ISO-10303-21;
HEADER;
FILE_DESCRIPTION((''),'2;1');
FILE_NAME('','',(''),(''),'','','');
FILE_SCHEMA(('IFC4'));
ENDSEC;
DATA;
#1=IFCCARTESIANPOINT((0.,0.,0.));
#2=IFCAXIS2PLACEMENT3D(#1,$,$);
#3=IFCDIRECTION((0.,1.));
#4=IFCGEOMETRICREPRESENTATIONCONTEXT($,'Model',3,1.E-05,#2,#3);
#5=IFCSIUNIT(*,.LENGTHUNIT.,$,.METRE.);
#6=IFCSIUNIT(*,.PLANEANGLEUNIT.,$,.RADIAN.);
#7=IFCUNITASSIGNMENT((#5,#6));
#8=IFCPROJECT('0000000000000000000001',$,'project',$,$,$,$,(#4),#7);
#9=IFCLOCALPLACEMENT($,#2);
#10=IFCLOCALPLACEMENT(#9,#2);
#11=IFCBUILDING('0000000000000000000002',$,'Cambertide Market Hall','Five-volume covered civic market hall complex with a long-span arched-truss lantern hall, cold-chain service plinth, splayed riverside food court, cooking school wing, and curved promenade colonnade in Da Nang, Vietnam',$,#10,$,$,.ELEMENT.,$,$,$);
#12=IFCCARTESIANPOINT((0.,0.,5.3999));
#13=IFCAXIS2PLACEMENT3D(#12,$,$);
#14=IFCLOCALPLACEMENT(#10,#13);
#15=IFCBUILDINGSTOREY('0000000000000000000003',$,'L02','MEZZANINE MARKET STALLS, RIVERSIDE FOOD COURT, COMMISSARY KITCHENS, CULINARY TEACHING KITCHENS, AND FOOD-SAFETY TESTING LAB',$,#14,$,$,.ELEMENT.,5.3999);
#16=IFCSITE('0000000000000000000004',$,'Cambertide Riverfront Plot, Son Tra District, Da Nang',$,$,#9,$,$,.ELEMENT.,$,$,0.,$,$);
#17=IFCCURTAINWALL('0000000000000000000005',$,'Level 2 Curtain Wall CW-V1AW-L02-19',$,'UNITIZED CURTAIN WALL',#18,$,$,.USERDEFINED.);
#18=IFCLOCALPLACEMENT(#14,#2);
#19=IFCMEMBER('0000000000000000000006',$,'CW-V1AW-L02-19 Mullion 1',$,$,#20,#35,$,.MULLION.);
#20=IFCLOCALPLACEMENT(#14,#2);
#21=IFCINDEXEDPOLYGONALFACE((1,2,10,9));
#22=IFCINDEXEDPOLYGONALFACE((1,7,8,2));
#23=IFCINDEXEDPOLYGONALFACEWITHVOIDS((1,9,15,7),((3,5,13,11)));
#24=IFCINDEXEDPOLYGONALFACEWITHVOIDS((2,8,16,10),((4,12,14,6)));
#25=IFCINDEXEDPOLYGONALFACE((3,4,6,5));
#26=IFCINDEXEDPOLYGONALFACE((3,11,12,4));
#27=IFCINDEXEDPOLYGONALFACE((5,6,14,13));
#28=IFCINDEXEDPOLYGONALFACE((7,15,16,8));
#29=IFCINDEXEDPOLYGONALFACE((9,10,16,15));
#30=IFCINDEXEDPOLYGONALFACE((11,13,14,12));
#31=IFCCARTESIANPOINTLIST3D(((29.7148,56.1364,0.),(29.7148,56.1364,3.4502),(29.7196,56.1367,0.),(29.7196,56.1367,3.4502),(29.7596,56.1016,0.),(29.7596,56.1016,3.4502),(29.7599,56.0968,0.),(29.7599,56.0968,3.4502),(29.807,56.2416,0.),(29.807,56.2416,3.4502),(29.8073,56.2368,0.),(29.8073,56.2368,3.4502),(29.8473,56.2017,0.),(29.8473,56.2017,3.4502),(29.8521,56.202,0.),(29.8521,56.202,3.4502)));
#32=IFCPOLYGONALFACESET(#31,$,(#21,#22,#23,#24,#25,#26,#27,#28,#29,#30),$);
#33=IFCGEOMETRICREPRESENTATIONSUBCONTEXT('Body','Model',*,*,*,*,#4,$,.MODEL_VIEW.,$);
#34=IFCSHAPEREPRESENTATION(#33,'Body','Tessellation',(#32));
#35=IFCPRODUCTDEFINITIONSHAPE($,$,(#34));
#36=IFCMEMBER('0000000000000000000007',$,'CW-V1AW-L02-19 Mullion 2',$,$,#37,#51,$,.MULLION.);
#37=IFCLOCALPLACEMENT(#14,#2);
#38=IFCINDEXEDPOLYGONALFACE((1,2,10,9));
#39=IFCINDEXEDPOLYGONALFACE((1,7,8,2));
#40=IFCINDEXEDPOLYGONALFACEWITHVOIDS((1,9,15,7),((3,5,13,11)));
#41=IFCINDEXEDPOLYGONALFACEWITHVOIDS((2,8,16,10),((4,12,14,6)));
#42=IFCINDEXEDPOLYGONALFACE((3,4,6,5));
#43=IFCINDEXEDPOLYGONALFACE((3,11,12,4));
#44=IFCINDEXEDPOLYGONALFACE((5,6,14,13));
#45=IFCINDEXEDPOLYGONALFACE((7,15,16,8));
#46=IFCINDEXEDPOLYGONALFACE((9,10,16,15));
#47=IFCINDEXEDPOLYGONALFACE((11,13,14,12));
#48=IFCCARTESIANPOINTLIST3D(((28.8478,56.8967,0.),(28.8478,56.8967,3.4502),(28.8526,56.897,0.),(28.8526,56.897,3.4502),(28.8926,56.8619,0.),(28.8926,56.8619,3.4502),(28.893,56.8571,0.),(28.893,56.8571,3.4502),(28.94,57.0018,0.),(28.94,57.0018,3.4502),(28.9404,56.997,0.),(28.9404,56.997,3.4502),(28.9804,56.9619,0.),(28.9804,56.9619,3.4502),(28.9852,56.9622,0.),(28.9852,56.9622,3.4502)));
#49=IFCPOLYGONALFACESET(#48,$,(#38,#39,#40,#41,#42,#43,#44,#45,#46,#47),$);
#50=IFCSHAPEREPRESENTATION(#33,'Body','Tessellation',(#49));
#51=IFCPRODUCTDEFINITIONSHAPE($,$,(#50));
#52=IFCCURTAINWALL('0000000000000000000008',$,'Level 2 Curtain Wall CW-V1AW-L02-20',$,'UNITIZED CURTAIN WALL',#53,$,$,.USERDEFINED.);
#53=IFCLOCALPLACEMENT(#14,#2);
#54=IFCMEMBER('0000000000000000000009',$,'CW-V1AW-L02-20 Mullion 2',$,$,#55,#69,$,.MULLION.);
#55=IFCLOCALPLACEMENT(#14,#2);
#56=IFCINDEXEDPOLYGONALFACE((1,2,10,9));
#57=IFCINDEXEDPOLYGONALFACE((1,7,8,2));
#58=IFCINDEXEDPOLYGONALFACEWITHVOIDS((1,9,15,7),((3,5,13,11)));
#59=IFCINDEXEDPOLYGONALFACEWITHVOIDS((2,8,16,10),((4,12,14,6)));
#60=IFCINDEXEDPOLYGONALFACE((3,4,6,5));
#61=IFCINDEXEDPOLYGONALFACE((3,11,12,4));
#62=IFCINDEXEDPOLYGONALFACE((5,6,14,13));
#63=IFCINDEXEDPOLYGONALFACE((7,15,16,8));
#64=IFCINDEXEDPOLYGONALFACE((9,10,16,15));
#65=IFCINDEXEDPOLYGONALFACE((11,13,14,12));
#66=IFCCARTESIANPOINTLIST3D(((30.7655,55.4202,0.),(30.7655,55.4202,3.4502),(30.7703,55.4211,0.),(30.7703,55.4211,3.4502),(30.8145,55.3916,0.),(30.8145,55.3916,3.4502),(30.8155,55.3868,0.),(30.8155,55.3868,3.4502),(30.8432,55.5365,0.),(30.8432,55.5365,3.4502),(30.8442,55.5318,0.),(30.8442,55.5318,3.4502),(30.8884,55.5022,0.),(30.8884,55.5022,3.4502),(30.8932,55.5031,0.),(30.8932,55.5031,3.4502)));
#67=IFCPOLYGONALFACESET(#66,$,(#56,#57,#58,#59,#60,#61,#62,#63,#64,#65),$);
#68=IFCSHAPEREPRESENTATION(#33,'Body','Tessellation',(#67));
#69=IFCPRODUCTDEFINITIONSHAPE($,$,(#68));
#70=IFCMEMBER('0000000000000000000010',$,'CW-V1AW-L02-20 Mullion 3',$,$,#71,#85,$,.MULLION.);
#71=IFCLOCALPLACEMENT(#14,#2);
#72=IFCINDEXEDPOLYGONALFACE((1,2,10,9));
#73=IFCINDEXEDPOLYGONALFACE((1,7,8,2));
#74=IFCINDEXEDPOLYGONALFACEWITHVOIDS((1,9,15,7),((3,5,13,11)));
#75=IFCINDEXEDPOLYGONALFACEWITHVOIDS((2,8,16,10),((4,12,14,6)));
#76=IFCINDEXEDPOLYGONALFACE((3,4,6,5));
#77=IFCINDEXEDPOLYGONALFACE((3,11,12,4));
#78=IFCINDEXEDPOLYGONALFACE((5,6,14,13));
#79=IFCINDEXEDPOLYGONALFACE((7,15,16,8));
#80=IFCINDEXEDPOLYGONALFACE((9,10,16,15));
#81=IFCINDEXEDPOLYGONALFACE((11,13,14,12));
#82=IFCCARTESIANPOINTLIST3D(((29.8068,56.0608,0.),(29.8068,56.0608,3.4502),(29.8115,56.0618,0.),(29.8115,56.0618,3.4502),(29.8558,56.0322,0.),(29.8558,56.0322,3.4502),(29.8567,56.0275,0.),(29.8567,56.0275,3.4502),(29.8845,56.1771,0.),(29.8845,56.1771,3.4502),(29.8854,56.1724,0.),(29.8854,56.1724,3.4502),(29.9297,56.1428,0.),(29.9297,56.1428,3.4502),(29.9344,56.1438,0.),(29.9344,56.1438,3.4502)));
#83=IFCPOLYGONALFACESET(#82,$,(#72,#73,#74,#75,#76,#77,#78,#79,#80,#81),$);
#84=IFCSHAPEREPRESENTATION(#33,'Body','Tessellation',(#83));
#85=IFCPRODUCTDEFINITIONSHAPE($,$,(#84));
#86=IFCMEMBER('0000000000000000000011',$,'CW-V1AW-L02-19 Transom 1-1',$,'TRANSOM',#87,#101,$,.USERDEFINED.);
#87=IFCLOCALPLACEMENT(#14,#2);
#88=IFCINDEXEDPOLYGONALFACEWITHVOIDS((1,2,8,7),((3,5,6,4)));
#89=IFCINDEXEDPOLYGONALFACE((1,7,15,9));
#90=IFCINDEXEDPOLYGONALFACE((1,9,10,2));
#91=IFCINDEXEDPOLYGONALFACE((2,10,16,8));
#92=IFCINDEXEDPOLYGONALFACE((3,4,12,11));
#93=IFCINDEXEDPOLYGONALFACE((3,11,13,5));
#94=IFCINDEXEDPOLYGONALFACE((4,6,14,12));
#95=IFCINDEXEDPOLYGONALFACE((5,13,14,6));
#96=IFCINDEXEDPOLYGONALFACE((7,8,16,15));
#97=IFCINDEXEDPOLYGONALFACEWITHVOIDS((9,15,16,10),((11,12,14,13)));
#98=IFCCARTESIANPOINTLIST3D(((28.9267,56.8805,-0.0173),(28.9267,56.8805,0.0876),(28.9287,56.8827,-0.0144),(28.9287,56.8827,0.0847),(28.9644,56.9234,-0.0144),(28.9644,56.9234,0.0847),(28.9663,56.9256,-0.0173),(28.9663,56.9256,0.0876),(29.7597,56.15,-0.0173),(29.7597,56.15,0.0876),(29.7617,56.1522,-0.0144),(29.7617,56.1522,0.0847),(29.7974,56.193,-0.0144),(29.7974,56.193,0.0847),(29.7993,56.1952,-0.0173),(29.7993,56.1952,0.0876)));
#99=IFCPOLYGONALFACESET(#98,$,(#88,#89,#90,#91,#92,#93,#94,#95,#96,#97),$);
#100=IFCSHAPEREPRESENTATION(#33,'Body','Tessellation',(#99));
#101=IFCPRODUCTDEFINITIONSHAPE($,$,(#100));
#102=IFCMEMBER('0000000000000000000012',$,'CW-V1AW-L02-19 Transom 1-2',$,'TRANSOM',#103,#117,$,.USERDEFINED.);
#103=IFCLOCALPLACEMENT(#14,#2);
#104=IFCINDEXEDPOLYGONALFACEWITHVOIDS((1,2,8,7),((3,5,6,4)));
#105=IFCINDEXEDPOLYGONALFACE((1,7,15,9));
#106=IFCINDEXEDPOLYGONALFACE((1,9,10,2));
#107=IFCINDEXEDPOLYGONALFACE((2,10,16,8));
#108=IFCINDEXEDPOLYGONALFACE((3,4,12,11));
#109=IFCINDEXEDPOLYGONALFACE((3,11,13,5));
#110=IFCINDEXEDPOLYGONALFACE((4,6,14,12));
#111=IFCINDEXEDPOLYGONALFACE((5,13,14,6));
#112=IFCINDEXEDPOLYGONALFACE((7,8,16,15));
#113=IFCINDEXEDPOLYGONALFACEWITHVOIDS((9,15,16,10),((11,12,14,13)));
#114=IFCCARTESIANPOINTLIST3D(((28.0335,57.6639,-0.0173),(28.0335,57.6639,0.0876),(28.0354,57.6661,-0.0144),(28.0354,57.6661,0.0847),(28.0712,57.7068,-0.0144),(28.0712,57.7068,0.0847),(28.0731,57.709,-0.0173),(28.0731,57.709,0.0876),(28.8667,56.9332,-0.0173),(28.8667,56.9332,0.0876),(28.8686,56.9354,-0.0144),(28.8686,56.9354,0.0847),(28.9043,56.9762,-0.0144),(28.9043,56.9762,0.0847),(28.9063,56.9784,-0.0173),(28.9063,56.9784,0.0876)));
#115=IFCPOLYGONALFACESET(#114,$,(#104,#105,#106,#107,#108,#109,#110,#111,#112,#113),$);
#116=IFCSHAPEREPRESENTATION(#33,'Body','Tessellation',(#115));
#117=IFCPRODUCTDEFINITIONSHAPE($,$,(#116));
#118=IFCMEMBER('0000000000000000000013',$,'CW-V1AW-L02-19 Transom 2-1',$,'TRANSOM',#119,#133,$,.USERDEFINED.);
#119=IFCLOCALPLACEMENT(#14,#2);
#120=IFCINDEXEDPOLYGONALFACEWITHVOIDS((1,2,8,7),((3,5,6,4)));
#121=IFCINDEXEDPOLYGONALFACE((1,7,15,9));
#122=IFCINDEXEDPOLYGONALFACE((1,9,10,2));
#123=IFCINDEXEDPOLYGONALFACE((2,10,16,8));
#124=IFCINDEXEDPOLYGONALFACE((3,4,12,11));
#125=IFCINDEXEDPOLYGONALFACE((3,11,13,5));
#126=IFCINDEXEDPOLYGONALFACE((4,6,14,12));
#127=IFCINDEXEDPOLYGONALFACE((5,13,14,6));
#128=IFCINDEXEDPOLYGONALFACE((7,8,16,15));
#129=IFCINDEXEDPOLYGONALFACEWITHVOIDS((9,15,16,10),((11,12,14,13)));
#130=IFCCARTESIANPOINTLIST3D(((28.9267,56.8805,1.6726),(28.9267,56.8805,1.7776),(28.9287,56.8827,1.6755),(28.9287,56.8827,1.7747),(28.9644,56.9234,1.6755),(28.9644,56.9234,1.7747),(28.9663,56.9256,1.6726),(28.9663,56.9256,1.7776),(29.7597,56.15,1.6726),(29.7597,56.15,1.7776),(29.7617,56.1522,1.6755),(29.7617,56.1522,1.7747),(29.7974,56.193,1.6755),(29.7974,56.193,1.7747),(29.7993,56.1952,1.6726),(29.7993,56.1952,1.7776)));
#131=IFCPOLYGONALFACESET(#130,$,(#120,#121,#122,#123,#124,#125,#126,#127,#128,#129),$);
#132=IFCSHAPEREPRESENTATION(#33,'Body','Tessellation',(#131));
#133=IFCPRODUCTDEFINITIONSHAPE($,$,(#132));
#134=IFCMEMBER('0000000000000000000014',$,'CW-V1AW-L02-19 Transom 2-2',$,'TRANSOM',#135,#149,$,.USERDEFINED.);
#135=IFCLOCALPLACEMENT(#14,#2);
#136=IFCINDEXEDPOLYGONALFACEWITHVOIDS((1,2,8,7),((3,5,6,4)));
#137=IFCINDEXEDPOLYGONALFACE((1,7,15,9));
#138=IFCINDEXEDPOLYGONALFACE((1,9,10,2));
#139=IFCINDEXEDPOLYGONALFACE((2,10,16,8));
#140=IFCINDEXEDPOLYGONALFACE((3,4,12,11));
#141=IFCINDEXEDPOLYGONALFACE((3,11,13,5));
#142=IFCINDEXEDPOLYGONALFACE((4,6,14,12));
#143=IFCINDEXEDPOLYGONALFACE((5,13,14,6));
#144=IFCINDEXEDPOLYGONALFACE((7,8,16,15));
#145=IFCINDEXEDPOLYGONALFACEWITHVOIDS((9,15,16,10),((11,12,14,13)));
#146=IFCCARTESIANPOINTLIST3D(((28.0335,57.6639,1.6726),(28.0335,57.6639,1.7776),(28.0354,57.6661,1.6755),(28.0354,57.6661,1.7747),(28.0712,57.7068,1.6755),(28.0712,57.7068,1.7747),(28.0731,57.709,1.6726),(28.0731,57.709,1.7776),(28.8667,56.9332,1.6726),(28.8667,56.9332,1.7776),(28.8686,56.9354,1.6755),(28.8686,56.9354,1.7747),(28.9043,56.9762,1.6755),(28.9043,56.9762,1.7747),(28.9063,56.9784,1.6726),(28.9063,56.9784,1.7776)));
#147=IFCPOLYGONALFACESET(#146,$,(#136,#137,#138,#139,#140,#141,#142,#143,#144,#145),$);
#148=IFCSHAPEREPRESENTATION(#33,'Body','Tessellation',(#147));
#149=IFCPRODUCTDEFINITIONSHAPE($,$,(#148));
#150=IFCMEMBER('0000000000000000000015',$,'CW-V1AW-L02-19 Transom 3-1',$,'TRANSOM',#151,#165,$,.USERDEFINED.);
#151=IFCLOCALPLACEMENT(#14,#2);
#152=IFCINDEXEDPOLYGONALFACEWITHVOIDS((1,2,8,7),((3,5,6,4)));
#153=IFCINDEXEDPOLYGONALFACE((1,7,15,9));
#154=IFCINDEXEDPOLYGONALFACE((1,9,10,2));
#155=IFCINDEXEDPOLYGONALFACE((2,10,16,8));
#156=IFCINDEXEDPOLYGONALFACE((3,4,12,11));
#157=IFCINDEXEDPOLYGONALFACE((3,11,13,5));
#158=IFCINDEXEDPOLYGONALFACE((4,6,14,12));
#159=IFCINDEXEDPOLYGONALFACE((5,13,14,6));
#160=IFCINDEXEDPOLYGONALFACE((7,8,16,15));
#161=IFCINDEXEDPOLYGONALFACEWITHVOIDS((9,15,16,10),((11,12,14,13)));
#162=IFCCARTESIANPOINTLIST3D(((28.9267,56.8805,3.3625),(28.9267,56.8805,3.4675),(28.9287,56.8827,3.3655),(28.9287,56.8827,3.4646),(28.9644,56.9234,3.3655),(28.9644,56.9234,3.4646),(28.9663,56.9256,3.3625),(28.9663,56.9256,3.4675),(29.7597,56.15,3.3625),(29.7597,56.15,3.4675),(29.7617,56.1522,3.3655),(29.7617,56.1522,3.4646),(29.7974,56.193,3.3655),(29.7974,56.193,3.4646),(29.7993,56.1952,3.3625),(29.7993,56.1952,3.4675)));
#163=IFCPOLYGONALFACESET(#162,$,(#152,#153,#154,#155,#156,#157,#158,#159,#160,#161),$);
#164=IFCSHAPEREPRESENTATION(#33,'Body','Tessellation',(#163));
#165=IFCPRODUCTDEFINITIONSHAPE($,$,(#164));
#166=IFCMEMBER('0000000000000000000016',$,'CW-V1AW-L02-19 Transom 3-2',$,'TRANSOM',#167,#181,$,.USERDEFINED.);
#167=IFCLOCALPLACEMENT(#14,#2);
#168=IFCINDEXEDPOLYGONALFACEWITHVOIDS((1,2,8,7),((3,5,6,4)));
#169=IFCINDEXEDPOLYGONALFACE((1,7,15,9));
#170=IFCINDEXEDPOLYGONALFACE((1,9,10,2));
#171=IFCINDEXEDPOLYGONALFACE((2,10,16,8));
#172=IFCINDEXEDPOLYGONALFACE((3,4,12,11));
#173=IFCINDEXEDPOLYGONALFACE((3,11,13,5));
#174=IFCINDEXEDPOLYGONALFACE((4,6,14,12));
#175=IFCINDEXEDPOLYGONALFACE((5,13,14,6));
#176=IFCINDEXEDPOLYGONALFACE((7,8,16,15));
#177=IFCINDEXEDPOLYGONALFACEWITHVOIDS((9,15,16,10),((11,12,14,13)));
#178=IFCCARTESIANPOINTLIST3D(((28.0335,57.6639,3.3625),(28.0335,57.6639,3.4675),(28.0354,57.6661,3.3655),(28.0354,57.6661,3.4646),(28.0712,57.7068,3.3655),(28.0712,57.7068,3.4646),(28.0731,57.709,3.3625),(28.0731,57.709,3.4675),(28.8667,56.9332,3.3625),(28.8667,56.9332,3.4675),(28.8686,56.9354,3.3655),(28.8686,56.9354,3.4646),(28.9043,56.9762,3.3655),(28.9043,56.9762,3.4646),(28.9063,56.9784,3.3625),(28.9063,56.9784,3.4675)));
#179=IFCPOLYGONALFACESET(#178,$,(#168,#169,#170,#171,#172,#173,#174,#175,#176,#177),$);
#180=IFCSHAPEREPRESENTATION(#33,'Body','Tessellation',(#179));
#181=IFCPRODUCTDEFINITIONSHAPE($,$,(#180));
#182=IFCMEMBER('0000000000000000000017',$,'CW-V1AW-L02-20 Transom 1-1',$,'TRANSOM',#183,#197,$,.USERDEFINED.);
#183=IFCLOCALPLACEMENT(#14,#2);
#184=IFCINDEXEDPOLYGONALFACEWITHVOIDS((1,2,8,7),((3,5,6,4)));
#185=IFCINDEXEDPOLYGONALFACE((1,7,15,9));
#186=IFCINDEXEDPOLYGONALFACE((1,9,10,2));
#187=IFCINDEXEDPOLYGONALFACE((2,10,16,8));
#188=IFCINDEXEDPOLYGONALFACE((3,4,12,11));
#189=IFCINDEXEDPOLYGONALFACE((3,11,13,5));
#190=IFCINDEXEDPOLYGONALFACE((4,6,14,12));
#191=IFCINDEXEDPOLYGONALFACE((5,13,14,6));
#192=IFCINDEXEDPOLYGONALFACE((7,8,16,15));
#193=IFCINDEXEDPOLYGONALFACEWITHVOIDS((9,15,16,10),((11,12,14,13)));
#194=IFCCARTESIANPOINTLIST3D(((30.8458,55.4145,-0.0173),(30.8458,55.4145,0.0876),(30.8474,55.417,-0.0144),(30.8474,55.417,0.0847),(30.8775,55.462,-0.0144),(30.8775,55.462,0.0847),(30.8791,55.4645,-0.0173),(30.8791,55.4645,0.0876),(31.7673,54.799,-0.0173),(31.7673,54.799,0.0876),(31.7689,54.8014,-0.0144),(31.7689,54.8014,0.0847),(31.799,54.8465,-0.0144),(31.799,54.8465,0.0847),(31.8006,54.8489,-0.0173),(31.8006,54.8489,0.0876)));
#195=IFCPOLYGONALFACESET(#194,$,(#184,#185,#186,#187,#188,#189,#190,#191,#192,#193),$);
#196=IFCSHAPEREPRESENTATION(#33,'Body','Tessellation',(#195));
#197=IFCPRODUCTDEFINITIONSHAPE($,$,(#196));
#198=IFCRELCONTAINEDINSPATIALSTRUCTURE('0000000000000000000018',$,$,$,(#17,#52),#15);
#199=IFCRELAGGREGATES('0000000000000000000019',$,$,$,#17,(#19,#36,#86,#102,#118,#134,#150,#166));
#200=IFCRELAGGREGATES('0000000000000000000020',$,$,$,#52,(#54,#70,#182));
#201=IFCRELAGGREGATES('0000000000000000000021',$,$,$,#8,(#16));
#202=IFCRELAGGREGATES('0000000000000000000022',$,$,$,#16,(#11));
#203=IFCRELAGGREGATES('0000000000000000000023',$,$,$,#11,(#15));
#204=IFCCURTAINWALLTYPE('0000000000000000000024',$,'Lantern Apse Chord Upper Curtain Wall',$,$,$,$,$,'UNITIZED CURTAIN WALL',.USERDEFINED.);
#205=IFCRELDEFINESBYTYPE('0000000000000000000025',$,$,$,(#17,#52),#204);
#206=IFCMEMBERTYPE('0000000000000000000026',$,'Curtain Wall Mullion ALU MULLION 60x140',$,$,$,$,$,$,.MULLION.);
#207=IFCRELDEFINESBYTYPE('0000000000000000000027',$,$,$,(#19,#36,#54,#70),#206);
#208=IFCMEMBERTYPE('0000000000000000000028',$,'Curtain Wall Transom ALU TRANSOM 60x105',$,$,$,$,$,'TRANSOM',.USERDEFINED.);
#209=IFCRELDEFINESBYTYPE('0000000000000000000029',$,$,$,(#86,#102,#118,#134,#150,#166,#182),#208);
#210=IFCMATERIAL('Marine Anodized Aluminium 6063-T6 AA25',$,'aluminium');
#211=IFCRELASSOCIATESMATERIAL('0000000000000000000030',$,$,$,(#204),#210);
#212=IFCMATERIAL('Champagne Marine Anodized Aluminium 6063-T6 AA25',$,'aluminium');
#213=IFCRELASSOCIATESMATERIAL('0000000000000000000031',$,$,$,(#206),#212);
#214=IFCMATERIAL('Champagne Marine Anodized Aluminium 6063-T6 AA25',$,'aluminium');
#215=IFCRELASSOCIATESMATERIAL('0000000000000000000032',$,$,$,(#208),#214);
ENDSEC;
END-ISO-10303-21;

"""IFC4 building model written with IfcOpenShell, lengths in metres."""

from ifc_helpers import new_model, si_unit, direction, frame, origin, origin_2d, place, context, subcontext, project, spatial, hollow_rectangle, extrude, material, material_profile, profile_set, type_object, element, aggregate, save


model = new_model("IFC4")

# Units and contexts
model_context = context("Model", 3, precision=1e-05, world=origin(), true_north=direction((0.0, 1.0)))
body_context = subcontext(model_context, "Body", "Model", "MODEL_VIEW")
ifc_project = project(units=[si_unit("LENGTHUNIT", "METRE"), si_unit("PLANEANGLEUNIT", "RADIAN")], contexts=[model_context])

# Site, building, storey
site_placement = place(None, origin())
site = spatial("IfcSite", under=ifc_project, at=site_placement, Name="Cambertide Riverfront Plot, Son Tra District, Da Nang", CompositionType="ELEMENT", RefElevation=0.0)
building_placement = place(site_placement, origin())
building = spatial("IfcBuilding", under=site, at=building_placement, Name="Cambertide Market Hall", Description="Five-volume covered civic market hall complex with a long-span arched-truss lantern hall, cold-chain service plinth, splayed riverside food court, cooking school wing, and curved promenade colonnade in Da Nang, Vietnam", CompositionType="ELEMENT")
storey_placement = place(building_placement, frame((0.0, 0.0, 5.3999)))
storey = spatial("IfcBuildingStorey", under=building, at=storey_placement, Name="L02", Description="MEZZANINE MARKET STALLS, RIVERSIDE FOOD COURT, COMMISSARY KITCHENS, CULINARY TEACHING KITCHENS, AND FOOD-SAFETY TESTING LAB", CompositionType="ELEMENT", Elevation=5.3999)

# Curtain walls, members
ifc_material_1 = material(Name="Marine Anodized Aluminium 6063-T6 AA25", Category="aluminium")
curtain_wall_type = type_object("IfcCurtainWallType", Name="Lantern Apse Chord Upper Curtain Wall", ElementType="UNITIZED CURTAIN WALL", PredefinedType="USERDEFINED", material=ifc_material_1)
curtain_wall_1_placement = place(storey_placement, origin())
curtain_wall_1 = element("IfcCurtainWall", 1, at=curtain_wall_1_placement, inside=storey, type_object=curtain_wall_type, Name="Level 2 Curtain Wall CW-V1AW-L02-19", ObjectType="UNITIZED CURTAIN WALL", PredefinedType="USERDEFINED")
ifc_material_2 = material(Name="Champagne Marine Anodized Aluminium 6063-T6 AA25", Category="aluminium")
ifc_material_profile_1 = material_profile(ifc_material_2, hollow_rectangle(XDim=0.0601, YDim=0.1399, WallThickness=0.0034, at=origin_2d()), Name="ALU MULLION 60x140")
ifc_profile_set_1 = profile_set([ifc_material_profile_1], Name="Champagne Marine Anodized Aluminium 6063-T6 AA25")
member_type_1 = type_object("IfcMemberType", Name="Curtain Wall Mullion ALU MULLION 60x140", PredefinedType="MULLION", material=ifc_profile_set_1)
member_1_placement = place(storey_placement, frame((29.7834, 56.1692, 0.0), z_axis=(0.0, 0.0, 1.0), x_axis=(-0.75184, 0.659346, 0.0)))
member_1 = element("IfcMember", 2, at=member_1_placement, type_object=member_type_1, Name="CW-V1AW-L02-19 Mullion 1", PredefinedType="MULLION", context=body_context, shape_type="SweptSolid", body=[
    extrude(hollow_rectangle(XDim=0.0601, YDim=0.1399, WallThickness=0.0034, at=origin_2d()), origin(), (0.0, 0.0, 1.0), 3.4502),
])
member_2_placement = place(storey_placement, frame((28.9165, 56.9294, 0.0), z_axis=(0.0, 0.0, 1.0), x_axis=(-0.75184, 0.659346, 0.0)))
member_2 = element("IfcMember", 3, at=member_2_placement, type_object=member_type_1, Name="CW-V1AW-L02-19 Mullion 2", PredefinedType="MULLION", context=body_context, shape_type="SweptSolid", body=[
    extrude(hollow_rectangle(XDim=0.0601, YDim=0.1399, WallThickness=0.0034, at=origin_2d()), origin(), (0.0, 0.0, 1.0), 3.4502),
])
curtain_wall_2_placement = place(storey_placement, origin())
curtain_wall_2 = element("IfcCurtainWall", 4, at=curtain_wall_2_placement, inside=storey, type_object=curtain_wall_type, Name="Level 2 Curtain Wall CW-V1AW-L02-20", ObjectType="UNITIZED CURTAIN WALL", PredefinedType="USERDEFINED")
member_3_placement = place(storey_placement, frame((30.8293, 55.4617, 0.0), z_axis=(0.0, 0.0, 1.0), x_axis=(-0.83147, 0.55557, 0.0)))
member_3 = element("IfcMember", 5, at=member_3_placement, type_object=member_type_1, Name="CW-V1AW-L02-20 Mullion 2", PredefinedType="MULLION", context=body_context, shape_type="SweptSolid", body=[
    extrude(hollow_rectangle(XDim=0.0601, YDim=0.1399, WallThickness=0.0034, at=origin_2d()), origin(), (0.0, 0.0, 1.0), 3.4502),
])
member_4_placement = place(storey_placement, frame((29.8706, 56.1023, 0.0), z_axis=(0.0, 0.0, 1.0), x_axis=(-0.83147, 0.55557, 0.0)))
member_4 = element("IfcMember", 6, at=member_4_placement, type_object=member_type_1, Name="CW-V1AW-L02-20 Mullion 3", PredefinedType="MULLION", context=body_context, shape_type="SweptSolid", body=[
    extrude(hollow_rectangle(XDim=0.0601, YDim=0.1399, WallThickness=0.0034, at=origin_2d()), origin(), (0.0, 0.0, 1.0), 3.4502),
])

# Members
ifc_material_3 = material(Name="Champagne Marine Anodized Aluminium 6063-T6 AA25", Category="aluminium")
ifc_material_profile_2 = material_profile(ifc_material_3, hollow_rectangle(XDim=0.0601, YDim=0.105, WallThickness=0.0029, at=origin_2d()), Name="ALU TRANSOM 60x105")
ifc_profile_set_2 = profile_set([ifc_material_profile_2], Name="Champagne Marine Anodized Aluminium 6063-T6 AA25")
member_type_2 = type_object("IfcMemberType", Name="Curtain Wall Transom ALU TRANSOM 60x105", ElementType="TRANSOM", PredefinedType="USERDEFINED", material=ifc_profile_set_2)
member_5_placement = place(storey_placement, frame((29.7795, 56.1726, 0.0352), z_axis=(-0.751866, 0.659315, 0.0), x_axis=(-0.659315, -0.751866, 0.0)))
member_5 = element("IfcMember", 7, at=member_5_placement, type_object=member_type_2, Name="CW-V1AW-L02-19 Transom 1-1", ObjectType="TRANSOM", PredefinedType="USERDEFINED", context=body_context, shape_type="SweptSolid", body=[
    extrude(hollow_rectangle(XDim=0.0601, YDim=0.105, WallThickness=0.0029, at=origin_2d()), origin(), (0.0, 0.0, 1.0), 1.1079),
])
member_6_placement = place(storey_placement, frame((28.8865, 56.9558, 0.0352), z_axis=(-0.751853, 0.659331, 0.0), x_axis=(-0.659331, -0.751853, 0.0)))
member_6 = element("IfcMember", 8, at=member_6_placement, type_object=member_type_2, Name="CW-V1AW-L02-19 Transom 1-2", ObjectType="TRANSOM", PredefinedType="USERDEFINED", context=body_context, shape_type="SweptSolid", body=[
    extrude(hollow_rectangle(XDim=0.0601, YDim=0.105, WallThickness=0.0029, at=origin_2d()), origin(), (0.0, 0.0, 1.0), 1.1082),
])
member_7_placement = place(storey_placement, frame((29.7795, 56.1726, 1.7251), z_axis=(-0.751866, 0.659315, 0.0), x_axis=(-0.659315, -0.751866, 0.0)))
member_7 = element("IfcMember", 9, at=member_7_placement, type_object=member_type_2, Name="CW-V1AW-L02-19 Transom 2-1", ObjectType="TRANSOM", PredefinedType="USERDEFINED", context=body_context, shape_type="SweptSolid", body=[
    extrude(hollow_rectangle(XDim=0.0601, YDim=0.105, WallThickness=0.0029, at=origin_2d()), origin(), (0.0, 0.0, 1.0), 1.1079),
])
member_8_placement = place(storey_placement, frame((28.8865, 56.9558, 1.7251), z_axis=(-0.751853, 0.659331, 0.0), x_axis=(-0.659331, -0.751853, 0.0)))
member_8 = element("IfcMember", 10, at=member_8_placement, type_object=member_type_2, Name="CW-V1AW-L02-19 Transom 2-2", ObjectType="TRANSOM", PredefinedType="USERDEFINED", context=body_context, shape_type="SweptSolid", body=[
    extrude(hollow_rectangle(XDim=0.0601, YDim=0.105, WallThickness=0.0029, at=origin_2d()), origin(), (0.0, 0.0, 1.0), 1.1082),
])
member_9_placement = place(storey_placement, frame((29.7795, 56.1726, 3.415), z_axis=(-0.751866, 0.659315, 0.0), x_axis=(-0.659315, -0.751866, 0.0)))
member_9 = element("IfcMember", 11, at=member_9_placement, type_object=member_type_2, Name="CW-V1AW-L02-19 Transom 3-1", ObjectType="TRANSOM", PredefinedType="USERDEFINED", context=body_context, shape_type="SweptSolid", body=[
    extrude(hollow_rectangle(XDim=0.0601, YDim=0.105, WallThickness=0.0029, at=origin_2d()), origin(), (0.0, 0.0, 1.0), 1.1079),
])
member_10_placement = place(storey_placement, frame((28.8865, 56.9558, 3.415), z_axis=(-0.751853, 0.659331, 0.0), x_axis=(-0.659331, -0.751853, 0.0)))
member_10 = element("IfcMember", 12, at=member_10_placement, type_object=member_type_2, Name="CW-V1AW-L02-19 Transom 3-2", ObjectType="TRANSOM", PredefinedType="USERDEFINED", context=body_context, shape_type="SweptSolid", body=[
    extrude(hollow_rectangle(XDim=0.0601, YDim=0.105, WallThickness=0.0029, at=origin_2d()), origin(), (0.0, 0.0, 1.0), 1.1082),
])
member_11_placement = place(storey_placement, frame((31.7839, 54.824, 0.0352), z_axis=(-0.831541, 0.555463, 0.0), x_axis=(-0.555463, -0.831541, 0.0)))
member_11 = element("IfcMember", 13, at=member_11_placement, type_object=member_type_2, Name="CW-V1AW-L02-20 Transom 1-1", ObjectType="TRANSOM", PredefinedType="USERDEFINED", context=body_context, shape_type="SweptSolid", body=[
    extrude(hollow_rectangle(XDim=0.0601, YDim=0.105, WallThickness=0.0029, at=origin_2d()), origin(), (0.0, 0.0, 1.0), 1.1082),
])

aggregate(curtain_wall_1, [member_1, member_2, member_5, member_6, member_7, member_8, member_9, member_10])
aggregate(curtain_wall_2, [member_3, member_4, member_11])

save(model, "model.ifc")
